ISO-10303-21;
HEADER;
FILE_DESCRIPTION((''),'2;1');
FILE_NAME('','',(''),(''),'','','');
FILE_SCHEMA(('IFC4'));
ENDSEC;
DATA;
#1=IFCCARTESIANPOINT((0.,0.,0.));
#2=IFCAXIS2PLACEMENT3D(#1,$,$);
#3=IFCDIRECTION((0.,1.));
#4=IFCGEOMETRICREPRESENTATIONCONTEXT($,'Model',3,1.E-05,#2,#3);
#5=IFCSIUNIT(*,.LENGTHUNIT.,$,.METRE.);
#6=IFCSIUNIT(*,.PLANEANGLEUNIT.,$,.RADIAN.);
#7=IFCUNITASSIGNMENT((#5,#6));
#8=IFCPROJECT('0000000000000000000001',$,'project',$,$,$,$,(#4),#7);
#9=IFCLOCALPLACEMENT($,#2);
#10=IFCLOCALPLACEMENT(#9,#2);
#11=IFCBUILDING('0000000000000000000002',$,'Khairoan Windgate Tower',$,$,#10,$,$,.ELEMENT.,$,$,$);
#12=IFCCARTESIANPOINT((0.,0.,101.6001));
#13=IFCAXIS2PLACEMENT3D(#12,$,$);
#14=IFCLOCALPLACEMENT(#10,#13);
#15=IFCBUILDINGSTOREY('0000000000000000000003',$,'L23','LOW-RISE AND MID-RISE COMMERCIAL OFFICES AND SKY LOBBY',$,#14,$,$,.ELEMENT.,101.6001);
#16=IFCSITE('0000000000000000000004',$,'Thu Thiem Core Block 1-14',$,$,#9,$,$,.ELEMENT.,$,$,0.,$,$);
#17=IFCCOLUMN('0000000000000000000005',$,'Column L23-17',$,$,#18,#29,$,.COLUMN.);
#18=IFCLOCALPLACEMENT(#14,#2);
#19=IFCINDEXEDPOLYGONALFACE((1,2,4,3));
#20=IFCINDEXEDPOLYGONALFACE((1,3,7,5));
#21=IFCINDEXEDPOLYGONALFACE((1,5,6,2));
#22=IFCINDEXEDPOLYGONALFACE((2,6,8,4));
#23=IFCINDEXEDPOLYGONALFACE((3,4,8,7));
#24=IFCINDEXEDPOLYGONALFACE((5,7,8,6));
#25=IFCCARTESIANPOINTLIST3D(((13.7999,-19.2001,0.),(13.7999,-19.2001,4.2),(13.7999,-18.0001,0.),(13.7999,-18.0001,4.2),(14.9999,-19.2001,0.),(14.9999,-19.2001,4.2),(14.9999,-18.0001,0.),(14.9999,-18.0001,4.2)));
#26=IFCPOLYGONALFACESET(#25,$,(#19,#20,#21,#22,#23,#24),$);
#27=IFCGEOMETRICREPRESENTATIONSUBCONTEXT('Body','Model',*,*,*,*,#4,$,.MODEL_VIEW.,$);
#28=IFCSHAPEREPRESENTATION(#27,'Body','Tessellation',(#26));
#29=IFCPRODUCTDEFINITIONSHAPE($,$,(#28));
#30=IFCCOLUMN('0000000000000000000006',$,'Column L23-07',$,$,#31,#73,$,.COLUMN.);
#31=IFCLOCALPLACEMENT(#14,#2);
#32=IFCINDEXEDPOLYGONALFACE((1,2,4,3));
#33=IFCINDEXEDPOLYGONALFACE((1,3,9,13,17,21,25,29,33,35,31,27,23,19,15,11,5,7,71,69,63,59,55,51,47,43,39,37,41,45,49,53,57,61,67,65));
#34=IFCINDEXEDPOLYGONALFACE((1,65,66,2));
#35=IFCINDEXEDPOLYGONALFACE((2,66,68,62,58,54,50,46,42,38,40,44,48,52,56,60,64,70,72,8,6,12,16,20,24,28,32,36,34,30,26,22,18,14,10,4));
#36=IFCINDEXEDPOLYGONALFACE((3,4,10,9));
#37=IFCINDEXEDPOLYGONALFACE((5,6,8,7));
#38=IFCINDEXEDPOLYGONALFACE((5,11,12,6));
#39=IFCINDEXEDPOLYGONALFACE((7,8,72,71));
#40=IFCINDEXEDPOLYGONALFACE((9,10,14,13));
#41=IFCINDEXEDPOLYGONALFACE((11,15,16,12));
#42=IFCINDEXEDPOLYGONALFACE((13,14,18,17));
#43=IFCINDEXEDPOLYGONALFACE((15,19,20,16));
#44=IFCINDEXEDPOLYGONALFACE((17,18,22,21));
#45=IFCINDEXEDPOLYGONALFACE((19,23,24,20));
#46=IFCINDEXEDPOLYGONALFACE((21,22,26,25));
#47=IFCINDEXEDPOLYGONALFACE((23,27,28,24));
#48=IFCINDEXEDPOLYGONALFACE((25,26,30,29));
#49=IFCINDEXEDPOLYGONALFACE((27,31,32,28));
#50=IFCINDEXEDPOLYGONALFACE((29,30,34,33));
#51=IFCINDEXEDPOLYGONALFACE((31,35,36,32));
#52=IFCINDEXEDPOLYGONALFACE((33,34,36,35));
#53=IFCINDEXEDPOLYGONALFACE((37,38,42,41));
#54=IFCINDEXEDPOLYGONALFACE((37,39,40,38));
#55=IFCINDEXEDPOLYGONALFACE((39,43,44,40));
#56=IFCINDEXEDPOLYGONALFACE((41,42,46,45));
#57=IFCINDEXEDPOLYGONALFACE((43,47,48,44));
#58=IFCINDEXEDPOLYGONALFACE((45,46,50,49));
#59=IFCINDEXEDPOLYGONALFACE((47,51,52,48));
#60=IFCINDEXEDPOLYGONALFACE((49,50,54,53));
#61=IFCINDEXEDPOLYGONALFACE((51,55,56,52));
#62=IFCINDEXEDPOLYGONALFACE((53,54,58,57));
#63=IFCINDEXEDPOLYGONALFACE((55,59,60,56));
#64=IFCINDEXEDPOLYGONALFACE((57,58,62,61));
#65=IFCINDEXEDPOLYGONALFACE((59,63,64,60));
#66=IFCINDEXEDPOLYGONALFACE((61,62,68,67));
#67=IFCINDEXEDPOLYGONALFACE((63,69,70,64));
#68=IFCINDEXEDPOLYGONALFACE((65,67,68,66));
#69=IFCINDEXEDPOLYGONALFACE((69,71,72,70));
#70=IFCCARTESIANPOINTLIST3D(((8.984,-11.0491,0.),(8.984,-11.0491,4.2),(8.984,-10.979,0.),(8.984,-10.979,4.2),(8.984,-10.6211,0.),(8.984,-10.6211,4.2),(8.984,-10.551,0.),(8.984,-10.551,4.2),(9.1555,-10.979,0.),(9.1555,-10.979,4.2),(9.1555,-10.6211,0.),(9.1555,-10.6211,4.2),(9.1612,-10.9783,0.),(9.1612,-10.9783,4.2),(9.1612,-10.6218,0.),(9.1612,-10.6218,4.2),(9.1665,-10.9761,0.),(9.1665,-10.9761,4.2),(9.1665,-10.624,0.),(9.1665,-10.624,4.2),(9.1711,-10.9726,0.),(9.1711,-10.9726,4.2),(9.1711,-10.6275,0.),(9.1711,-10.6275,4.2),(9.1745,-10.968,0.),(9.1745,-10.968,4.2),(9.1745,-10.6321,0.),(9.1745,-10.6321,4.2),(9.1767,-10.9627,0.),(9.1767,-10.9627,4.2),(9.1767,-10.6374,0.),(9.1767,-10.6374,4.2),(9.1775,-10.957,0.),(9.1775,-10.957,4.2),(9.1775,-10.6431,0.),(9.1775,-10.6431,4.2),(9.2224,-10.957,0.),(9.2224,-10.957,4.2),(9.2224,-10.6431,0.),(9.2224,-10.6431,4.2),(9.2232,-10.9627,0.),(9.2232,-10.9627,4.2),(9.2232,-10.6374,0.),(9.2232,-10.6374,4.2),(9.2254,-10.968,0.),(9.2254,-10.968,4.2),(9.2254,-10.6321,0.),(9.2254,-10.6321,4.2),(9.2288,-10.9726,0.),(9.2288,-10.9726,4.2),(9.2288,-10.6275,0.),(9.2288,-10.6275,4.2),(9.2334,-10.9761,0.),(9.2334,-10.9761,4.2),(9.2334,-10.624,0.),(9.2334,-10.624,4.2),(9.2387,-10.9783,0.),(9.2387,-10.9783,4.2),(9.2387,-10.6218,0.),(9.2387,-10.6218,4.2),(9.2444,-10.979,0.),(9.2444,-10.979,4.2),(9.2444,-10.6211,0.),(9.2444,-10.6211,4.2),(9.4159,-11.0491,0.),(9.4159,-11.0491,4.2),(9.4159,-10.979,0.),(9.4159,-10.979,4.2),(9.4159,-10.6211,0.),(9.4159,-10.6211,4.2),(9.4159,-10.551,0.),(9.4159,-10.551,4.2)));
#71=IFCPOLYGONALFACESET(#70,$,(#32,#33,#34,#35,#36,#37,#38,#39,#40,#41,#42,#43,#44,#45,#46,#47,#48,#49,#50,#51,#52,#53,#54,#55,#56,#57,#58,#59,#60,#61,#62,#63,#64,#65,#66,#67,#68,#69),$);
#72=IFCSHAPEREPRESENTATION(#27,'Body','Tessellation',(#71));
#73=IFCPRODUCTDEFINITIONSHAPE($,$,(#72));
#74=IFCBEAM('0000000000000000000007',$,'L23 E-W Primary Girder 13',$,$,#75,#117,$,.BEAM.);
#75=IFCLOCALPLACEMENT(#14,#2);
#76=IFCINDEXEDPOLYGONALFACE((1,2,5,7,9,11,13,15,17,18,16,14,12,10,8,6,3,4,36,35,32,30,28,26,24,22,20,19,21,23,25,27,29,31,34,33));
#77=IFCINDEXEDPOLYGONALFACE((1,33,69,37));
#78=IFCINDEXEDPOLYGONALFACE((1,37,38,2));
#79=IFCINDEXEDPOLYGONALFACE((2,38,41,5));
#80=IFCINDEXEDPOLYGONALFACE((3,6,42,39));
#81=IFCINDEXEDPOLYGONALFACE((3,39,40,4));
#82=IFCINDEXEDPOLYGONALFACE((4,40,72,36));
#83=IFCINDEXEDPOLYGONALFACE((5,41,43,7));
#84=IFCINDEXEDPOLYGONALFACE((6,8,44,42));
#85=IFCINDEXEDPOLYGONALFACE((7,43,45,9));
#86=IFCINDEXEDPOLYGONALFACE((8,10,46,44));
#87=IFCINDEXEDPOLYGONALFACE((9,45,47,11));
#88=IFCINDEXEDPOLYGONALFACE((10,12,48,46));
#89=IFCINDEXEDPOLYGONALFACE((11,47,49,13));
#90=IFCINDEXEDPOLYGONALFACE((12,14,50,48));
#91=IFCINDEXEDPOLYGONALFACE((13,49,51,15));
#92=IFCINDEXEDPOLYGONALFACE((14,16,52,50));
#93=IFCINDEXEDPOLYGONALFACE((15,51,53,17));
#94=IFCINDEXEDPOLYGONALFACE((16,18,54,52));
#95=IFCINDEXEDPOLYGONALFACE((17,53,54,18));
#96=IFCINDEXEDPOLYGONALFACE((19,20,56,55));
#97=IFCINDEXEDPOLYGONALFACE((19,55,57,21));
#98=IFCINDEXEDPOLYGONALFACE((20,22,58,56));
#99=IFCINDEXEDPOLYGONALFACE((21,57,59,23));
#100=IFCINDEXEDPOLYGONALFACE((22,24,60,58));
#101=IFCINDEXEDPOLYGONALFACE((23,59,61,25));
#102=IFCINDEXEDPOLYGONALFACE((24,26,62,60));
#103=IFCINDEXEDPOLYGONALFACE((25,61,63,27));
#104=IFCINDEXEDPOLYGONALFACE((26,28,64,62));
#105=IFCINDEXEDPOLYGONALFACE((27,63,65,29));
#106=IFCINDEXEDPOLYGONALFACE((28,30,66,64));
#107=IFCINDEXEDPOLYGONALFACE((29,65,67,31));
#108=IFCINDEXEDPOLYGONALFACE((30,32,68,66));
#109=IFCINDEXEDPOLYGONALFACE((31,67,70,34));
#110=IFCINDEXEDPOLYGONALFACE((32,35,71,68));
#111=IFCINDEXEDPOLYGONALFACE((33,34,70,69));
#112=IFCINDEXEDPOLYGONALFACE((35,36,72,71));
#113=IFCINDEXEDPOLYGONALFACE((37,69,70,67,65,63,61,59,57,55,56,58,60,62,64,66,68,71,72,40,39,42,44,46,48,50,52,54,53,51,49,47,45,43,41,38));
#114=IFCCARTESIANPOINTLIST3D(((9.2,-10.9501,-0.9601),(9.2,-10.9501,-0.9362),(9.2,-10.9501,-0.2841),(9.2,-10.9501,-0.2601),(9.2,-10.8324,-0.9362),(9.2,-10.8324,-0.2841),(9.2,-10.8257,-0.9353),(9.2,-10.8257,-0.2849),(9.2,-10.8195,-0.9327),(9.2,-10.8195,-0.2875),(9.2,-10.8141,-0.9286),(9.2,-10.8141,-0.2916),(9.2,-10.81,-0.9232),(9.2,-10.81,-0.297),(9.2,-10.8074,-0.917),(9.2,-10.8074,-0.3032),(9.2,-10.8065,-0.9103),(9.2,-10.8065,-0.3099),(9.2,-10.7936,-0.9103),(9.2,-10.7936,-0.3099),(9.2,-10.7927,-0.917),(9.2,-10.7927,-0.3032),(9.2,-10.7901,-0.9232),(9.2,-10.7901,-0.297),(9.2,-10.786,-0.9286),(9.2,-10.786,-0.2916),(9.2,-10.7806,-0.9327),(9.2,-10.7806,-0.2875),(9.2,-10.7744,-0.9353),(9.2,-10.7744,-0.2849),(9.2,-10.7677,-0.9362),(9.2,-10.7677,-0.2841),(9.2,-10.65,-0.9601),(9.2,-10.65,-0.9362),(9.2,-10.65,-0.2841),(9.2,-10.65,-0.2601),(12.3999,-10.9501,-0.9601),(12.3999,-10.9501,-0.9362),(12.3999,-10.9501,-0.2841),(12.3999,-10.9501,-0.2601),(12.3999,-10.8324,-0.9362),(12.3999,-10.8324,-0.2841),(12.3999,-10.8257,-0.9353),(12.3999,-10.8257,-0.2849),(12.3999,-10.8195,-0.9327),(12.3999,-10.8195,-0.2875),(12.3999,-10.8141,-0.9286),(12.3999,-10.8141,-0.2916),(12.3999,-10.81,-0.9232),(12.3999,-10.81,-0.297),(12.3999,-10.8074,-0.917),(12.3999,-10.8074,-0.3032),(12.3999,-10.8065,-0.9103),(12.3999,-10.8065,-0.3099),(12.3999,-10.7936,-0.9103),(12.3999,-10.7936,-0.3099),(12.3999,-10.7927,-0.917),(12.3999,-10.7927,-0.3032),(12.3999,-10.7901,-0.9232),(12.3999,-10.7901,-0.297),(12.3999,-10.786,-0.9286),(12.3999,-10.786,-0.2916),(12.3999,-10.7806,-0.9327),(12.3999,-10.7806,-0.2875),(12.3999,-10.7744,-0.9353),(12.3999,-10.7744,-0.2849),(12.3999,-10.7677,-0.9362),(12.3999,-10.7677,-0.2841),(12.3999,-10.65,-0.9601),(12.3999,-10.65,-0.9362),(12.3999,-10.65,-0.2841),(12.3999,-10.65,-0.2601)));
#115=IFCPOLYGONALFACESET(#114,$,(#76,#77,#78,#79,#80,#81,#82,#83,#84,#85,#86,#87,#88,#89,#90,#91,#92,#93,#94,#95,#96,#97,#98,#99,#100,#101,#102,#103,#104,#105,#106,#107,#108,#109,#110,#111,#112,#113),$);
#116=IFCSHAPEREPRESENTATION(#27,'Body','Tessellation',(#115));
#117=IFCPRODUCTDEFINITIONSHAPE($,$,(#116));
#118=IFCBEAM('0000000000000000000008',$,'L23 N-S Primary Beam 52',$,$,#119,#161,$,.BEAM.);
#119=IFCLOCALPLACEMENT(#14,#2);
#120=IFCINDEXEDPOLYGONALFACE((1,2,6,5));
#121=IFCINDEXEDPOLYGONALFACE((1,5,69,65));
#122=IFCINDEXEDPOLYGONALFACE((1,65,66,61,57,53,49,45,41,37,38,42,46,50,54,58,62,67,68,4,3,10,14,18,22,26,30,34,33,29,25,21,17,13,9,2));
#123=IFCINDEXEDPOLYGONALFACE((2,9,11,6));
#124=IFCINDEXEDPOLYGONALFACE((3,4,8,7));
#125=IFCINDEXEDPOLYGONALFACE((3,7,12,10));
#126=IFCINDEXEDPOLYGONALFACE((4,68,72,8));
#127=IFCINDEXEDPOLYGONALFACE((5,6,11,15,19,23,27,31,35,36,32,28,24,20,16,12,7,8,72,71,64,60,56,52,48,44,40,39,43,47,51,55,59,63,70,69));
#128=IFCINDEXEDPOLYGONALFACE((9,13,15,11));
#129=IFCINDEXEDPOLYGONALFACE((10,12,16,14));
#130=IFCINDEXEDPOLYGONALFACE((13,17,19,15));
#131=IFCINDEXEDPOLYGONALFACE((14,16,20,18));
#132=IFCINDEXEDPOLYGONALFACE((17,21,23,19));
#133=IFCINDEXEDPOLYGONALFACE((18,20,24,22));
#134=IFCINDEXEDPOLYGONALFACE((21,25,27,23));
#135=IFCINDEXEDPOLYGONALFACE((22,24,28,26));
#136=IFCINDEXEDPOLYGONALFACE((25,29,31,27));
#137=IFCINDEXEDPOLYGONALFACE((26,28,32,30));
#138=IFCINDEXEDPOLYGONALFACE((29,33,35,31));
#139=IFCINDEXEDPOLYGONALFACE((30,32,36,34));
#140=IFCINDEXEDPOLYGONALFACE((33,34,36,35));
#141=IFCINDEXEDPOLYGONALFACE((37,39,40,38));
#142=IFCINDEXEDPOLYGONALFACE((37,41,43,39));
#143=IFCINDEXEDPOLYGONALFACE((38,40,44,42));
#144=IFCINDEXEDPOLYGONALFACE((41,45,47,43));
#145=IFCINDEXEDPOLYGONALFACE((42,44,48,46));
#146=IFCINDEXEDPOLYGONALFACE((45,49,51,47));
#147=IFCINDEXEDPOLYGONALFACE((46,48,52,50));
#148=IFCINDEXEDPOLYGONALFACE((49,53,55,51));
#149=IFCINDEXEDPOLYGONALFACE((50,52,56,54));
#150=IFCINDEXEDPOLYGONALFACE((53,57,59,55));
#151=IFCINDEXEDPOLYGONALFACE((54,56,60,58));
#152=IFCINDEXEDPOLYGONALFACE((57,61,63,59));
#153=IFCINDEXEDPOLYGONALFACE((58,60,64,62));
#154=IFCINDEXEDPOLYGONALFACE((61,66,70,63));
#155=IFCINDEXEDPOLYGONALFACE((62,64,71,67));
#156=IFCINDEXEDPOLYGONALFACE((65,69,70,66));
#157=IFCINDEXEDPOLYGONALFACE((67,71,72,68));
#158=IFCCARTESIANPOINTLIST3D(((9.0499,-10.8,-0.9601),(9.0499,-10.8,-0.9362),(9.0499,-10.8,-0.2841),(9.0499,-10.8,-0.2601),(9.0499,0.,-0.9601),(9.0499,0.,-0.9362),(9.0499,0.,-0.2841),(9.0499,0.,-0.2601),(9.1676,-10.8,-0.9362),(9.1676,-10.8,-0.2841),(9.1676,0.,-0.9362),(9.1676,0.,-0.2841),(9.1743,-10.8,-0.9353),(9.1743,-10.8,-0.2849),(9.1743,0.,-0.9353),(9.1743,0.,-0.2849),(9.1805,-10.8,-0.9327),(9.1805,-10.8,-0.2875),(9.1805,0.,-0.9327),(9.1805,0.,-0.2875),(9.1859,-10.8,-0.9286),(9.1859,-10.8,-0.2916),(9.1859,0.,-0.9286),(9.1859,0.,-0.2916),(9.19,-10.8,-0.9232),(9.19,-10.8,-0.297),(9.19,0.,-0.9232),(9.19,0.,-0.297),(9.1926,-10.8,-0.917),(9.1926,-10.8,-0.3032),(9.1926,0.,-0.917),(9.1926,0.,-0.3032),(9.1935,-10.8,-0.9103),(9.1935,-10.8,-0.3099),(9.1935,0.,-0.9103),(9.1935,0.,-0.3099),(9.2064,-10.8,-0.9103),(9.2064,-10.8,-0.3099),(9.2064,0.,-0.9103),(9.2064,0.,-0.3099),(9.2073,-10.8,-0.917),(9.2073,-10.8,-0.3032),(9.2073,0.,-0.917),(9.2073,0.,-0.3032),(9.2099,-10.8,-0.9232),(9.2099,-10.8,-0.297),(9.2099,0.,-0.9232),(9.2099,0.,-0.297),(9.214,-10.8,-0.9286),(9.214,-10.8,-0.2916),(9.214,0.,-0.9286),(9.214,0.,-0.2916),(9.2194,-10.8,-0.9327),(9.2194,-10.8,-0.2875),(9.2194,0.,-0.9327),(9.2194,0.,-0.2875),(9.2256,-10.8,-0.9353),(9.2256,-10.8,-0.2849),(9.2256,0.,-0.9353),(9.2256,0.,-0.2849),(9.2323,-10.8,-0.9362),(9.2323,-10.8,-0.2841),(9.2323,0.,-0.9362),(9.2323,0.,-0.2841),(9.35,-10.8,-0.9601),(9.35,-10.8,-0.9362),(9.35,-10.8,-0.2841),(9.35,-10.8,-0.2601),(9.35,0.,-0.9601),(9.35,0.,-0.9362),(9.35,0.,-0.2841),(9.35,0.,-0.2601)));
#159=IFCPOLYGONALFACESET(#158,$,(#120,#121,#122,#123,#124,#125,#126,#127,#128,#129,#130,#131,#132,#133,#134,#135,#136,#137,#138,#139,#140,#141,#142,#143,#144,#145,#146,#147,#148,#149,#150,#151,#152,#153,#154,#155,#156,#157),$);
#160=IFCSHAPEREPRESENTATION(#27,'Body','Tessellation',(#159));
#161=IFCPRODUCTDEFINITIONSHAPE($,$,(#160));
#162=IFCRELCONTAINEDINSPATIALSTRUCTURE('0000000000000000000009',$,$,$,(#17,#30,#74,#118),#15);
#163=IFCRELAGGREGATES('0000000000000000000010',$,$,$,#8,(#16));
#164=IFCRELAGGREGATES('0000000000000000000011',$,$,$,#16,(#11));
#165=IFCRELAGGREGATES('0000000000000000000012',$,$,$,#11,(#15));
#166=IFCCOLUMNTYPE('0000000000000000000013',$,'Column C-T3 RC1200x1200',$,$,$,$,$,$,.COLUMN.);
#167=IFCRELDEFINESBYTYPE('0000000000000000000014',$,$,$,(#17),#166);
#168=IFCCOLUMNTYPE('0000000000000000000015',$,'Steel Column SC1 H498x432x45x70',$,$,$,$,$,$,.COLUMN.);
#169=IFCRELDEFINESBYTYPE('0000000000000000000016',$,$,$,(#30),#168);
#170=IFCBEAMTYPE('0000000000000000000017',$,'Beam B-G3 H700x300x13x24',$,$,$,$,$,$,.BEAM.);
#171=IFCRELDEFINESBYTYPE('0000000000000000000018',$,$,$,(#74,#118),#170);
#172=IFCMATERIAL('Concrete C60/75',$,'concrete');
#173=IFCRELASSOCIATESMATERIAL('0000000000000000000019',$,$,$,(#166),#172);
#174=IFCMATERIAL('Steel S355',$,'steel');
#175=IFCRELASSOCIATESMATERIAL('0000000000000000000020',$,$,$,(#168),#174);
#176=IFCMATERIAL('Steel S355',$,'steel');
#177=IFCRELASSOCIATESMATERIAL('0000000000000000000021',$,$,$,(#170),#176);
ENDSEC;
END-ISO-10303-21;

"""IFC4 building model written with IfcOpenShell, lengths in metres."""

from ifc_helpers import new_model, si_unit, direction, frame, origin, origin_2d, place, context, subcontext, project, spatial, rectangle, i_section, extrude, material, material_profile, profile_set, type_object, element, save


model = new_model("IFC4")

# Units and contexts
model_context = context("Model", 3, precision=1e-05, world=origin(), true_north=direction((0.0, 1.0)))
body_context = subcontext(model_context, "Body", "Model", "MODEL_VIEW")
ifc_project = project(units=[si_unit("LENGTHUNIT", "METRE"), si_unit("PLANEANGLEUNIT", "RADIAN")], contexts=[model_context])

# Site, building, storey
site_placement = place(None, origin())
site = spatial("IfcSite", under=ifc_project, at=site_placement, Name="Thu Thiem Core Block 1-14", CompositionType="ELEMENT", RefElevation=0.0)
building_placement = place(site_placement, origin())
building = spatial("IfcBuilding", under=site, at=building_placement, Name="Khairoan Windgate Tower", CompositionType="ELEMENT")
storey_placement = place(building_placement, frame((0.0, 0.0, 101.6001)))
storey = spatial("IfcBuildingStorey", under=building, at=storey_placement, Name="L23", Description="LOW-RISE AND MID-RISE COMMERCIAL OFFICES AND SKY LOBBY", CompositionType="ELEMENT", Elevation=101.6001)

# Columns
ifc_material_1 = material(Name="Concrete C60/75", Category="concrete")
ifc_material_profile_1 = material_profile(ifc_material_1, rectangle(XDim=1.2, YDim=1.2, at=origin_2d()))
ifc_profile_set_1 = profile_set([ifc_material_profile_1], Name="Concrete C60/75")
column_type_1 = type_object("IfcColumnType", Name="Column C-T3 RC1200x1200", PredefinedType="COLUMN", material=ifc_profile_set_1)
column_1_placement = place(storey_placement, frame((14.3999, -18.6001, 0.0), z_axis=(0.0, 0.0, 1.0), x_axis=(1.0, 0.0, 0.0)))
element("IfcColumn", 1, at=column_1_placement, inside=storey, type_object=column_type_1, Name="Column L23-17", PredefinedType="COLUMN", context=body_context, shape_type="SweptSolid", body=[
    extrude(rectangle(XDim=1.2, YDim=1.2, at=origin_2d()), origin(), (0.0, 0.0, 1.0), 4.2),
])
ifc_material_2 = material(Name="Steel S355", Category="steel")
ifc_material_profile_2 = material_profile(ifc_material_2, i_section(OverallWidth=0.4319, OverallDepth=0.498, WebThickness=0.0449, FlangeThickness=0.0701, FilletRadius=0.022, at=origin_2d()))
ifc_profile_set_2 = profile_set([ifc_material_profile_2], Name="Steel S355")
column_type_2 = type_object("IfcColumnType", Name="Steel Column SC1 H498x432x45x70", PredefinedType="COLUMN", material=ifc_profile_set_2)
column_2_placement = place(storey_placement, frame((9.2, -10.8, 0.0), z_axis=(0.0, 0.0, 1.0), x_axis=(1.0, 0.0, 0.0)))
element("IfcColumn", 2, at=column_2_placement, inside=storey, type_object=column_type_2, Name="Column L23-07", PredefinedType="COLUMN", context=body_context, shape_type="SweptSolid", body=[
    extrude(i_section(OverallWidth=0.4319, OverallDepth=0.498, WebThickness=0.0449, FlangeThickness=0.0701, FilletRadius=0.022, at=origin_2d()), origin(), (0.0, 0.0, 1.0), 4.2),
])

# Beams
ifc_material_3 = material(Name="Steel S355", Category="steel")
ifc_material_profile_3 = material_profile(ifc_material_3, i_section(OverallWidth=0.3, OverallDepth=0.7, WebThickness=0.0129, FlangeThickness=0.0239, FilletRadius=0.0259, at=origin_2d()))
ifc_profile_set_3 = profile_set([ifc_material_profile_3], Name="Steel S355")
beam_type_1 = type_object("IfcBeamType", Name="Beam B-G3 H700x300x13x24", PredefinedType="BEAM", material=ifc_profile_set_3)
beam_1_placement = place(storey_placement, frame((9.2, -10.8, -0.6101), z_axis=(1.0, 0.0, 0.0), x_axis=(0.0, 1.0, 0.0)))
element("IfcBeam", 3, at=beam_1_placement, inside=storey, type_object=beam_type_1, Name="L23 E-W Primary Girder 13", PredefinedType="BEAM", context=body_context, shape_type="SweptSolid", body=[
    extrude(i_section(OverallWidth=0.3, OverallDepth=0.7, WebThickness=0.0129, FlangeThickness=0.0239, FilletRadius=0.0259, at=origin_2d()), origin(), (0.0, 0.0, 1.0), 3.2),
])
beam_2_placement = place(storey_placement, frame((9.2, -10.8, -0.6101), z_axis=(0.0, 1.0, 0.0), x_axis=(-1.0, 0.0, 0.0)))
element("IfcBeam", 4, at=beam_2_placement, inside=storey, type_object=beam_type_1, Name="L23 N-S Primary Beam 52", PredefinedType="BEAM", context=body_context, shape_type="SweptSolid", body=[
    extrude(i_section(OverallWidth=0.3, OverallDepth=0.7, WebThickness=0.0129, FlangeThickness=0.0239, FilletRadius=0.0259, at=origin_2d()), origin(), (0.0, 0.0, 1.0), 10.8),
])

save(model, "model.ifc")
